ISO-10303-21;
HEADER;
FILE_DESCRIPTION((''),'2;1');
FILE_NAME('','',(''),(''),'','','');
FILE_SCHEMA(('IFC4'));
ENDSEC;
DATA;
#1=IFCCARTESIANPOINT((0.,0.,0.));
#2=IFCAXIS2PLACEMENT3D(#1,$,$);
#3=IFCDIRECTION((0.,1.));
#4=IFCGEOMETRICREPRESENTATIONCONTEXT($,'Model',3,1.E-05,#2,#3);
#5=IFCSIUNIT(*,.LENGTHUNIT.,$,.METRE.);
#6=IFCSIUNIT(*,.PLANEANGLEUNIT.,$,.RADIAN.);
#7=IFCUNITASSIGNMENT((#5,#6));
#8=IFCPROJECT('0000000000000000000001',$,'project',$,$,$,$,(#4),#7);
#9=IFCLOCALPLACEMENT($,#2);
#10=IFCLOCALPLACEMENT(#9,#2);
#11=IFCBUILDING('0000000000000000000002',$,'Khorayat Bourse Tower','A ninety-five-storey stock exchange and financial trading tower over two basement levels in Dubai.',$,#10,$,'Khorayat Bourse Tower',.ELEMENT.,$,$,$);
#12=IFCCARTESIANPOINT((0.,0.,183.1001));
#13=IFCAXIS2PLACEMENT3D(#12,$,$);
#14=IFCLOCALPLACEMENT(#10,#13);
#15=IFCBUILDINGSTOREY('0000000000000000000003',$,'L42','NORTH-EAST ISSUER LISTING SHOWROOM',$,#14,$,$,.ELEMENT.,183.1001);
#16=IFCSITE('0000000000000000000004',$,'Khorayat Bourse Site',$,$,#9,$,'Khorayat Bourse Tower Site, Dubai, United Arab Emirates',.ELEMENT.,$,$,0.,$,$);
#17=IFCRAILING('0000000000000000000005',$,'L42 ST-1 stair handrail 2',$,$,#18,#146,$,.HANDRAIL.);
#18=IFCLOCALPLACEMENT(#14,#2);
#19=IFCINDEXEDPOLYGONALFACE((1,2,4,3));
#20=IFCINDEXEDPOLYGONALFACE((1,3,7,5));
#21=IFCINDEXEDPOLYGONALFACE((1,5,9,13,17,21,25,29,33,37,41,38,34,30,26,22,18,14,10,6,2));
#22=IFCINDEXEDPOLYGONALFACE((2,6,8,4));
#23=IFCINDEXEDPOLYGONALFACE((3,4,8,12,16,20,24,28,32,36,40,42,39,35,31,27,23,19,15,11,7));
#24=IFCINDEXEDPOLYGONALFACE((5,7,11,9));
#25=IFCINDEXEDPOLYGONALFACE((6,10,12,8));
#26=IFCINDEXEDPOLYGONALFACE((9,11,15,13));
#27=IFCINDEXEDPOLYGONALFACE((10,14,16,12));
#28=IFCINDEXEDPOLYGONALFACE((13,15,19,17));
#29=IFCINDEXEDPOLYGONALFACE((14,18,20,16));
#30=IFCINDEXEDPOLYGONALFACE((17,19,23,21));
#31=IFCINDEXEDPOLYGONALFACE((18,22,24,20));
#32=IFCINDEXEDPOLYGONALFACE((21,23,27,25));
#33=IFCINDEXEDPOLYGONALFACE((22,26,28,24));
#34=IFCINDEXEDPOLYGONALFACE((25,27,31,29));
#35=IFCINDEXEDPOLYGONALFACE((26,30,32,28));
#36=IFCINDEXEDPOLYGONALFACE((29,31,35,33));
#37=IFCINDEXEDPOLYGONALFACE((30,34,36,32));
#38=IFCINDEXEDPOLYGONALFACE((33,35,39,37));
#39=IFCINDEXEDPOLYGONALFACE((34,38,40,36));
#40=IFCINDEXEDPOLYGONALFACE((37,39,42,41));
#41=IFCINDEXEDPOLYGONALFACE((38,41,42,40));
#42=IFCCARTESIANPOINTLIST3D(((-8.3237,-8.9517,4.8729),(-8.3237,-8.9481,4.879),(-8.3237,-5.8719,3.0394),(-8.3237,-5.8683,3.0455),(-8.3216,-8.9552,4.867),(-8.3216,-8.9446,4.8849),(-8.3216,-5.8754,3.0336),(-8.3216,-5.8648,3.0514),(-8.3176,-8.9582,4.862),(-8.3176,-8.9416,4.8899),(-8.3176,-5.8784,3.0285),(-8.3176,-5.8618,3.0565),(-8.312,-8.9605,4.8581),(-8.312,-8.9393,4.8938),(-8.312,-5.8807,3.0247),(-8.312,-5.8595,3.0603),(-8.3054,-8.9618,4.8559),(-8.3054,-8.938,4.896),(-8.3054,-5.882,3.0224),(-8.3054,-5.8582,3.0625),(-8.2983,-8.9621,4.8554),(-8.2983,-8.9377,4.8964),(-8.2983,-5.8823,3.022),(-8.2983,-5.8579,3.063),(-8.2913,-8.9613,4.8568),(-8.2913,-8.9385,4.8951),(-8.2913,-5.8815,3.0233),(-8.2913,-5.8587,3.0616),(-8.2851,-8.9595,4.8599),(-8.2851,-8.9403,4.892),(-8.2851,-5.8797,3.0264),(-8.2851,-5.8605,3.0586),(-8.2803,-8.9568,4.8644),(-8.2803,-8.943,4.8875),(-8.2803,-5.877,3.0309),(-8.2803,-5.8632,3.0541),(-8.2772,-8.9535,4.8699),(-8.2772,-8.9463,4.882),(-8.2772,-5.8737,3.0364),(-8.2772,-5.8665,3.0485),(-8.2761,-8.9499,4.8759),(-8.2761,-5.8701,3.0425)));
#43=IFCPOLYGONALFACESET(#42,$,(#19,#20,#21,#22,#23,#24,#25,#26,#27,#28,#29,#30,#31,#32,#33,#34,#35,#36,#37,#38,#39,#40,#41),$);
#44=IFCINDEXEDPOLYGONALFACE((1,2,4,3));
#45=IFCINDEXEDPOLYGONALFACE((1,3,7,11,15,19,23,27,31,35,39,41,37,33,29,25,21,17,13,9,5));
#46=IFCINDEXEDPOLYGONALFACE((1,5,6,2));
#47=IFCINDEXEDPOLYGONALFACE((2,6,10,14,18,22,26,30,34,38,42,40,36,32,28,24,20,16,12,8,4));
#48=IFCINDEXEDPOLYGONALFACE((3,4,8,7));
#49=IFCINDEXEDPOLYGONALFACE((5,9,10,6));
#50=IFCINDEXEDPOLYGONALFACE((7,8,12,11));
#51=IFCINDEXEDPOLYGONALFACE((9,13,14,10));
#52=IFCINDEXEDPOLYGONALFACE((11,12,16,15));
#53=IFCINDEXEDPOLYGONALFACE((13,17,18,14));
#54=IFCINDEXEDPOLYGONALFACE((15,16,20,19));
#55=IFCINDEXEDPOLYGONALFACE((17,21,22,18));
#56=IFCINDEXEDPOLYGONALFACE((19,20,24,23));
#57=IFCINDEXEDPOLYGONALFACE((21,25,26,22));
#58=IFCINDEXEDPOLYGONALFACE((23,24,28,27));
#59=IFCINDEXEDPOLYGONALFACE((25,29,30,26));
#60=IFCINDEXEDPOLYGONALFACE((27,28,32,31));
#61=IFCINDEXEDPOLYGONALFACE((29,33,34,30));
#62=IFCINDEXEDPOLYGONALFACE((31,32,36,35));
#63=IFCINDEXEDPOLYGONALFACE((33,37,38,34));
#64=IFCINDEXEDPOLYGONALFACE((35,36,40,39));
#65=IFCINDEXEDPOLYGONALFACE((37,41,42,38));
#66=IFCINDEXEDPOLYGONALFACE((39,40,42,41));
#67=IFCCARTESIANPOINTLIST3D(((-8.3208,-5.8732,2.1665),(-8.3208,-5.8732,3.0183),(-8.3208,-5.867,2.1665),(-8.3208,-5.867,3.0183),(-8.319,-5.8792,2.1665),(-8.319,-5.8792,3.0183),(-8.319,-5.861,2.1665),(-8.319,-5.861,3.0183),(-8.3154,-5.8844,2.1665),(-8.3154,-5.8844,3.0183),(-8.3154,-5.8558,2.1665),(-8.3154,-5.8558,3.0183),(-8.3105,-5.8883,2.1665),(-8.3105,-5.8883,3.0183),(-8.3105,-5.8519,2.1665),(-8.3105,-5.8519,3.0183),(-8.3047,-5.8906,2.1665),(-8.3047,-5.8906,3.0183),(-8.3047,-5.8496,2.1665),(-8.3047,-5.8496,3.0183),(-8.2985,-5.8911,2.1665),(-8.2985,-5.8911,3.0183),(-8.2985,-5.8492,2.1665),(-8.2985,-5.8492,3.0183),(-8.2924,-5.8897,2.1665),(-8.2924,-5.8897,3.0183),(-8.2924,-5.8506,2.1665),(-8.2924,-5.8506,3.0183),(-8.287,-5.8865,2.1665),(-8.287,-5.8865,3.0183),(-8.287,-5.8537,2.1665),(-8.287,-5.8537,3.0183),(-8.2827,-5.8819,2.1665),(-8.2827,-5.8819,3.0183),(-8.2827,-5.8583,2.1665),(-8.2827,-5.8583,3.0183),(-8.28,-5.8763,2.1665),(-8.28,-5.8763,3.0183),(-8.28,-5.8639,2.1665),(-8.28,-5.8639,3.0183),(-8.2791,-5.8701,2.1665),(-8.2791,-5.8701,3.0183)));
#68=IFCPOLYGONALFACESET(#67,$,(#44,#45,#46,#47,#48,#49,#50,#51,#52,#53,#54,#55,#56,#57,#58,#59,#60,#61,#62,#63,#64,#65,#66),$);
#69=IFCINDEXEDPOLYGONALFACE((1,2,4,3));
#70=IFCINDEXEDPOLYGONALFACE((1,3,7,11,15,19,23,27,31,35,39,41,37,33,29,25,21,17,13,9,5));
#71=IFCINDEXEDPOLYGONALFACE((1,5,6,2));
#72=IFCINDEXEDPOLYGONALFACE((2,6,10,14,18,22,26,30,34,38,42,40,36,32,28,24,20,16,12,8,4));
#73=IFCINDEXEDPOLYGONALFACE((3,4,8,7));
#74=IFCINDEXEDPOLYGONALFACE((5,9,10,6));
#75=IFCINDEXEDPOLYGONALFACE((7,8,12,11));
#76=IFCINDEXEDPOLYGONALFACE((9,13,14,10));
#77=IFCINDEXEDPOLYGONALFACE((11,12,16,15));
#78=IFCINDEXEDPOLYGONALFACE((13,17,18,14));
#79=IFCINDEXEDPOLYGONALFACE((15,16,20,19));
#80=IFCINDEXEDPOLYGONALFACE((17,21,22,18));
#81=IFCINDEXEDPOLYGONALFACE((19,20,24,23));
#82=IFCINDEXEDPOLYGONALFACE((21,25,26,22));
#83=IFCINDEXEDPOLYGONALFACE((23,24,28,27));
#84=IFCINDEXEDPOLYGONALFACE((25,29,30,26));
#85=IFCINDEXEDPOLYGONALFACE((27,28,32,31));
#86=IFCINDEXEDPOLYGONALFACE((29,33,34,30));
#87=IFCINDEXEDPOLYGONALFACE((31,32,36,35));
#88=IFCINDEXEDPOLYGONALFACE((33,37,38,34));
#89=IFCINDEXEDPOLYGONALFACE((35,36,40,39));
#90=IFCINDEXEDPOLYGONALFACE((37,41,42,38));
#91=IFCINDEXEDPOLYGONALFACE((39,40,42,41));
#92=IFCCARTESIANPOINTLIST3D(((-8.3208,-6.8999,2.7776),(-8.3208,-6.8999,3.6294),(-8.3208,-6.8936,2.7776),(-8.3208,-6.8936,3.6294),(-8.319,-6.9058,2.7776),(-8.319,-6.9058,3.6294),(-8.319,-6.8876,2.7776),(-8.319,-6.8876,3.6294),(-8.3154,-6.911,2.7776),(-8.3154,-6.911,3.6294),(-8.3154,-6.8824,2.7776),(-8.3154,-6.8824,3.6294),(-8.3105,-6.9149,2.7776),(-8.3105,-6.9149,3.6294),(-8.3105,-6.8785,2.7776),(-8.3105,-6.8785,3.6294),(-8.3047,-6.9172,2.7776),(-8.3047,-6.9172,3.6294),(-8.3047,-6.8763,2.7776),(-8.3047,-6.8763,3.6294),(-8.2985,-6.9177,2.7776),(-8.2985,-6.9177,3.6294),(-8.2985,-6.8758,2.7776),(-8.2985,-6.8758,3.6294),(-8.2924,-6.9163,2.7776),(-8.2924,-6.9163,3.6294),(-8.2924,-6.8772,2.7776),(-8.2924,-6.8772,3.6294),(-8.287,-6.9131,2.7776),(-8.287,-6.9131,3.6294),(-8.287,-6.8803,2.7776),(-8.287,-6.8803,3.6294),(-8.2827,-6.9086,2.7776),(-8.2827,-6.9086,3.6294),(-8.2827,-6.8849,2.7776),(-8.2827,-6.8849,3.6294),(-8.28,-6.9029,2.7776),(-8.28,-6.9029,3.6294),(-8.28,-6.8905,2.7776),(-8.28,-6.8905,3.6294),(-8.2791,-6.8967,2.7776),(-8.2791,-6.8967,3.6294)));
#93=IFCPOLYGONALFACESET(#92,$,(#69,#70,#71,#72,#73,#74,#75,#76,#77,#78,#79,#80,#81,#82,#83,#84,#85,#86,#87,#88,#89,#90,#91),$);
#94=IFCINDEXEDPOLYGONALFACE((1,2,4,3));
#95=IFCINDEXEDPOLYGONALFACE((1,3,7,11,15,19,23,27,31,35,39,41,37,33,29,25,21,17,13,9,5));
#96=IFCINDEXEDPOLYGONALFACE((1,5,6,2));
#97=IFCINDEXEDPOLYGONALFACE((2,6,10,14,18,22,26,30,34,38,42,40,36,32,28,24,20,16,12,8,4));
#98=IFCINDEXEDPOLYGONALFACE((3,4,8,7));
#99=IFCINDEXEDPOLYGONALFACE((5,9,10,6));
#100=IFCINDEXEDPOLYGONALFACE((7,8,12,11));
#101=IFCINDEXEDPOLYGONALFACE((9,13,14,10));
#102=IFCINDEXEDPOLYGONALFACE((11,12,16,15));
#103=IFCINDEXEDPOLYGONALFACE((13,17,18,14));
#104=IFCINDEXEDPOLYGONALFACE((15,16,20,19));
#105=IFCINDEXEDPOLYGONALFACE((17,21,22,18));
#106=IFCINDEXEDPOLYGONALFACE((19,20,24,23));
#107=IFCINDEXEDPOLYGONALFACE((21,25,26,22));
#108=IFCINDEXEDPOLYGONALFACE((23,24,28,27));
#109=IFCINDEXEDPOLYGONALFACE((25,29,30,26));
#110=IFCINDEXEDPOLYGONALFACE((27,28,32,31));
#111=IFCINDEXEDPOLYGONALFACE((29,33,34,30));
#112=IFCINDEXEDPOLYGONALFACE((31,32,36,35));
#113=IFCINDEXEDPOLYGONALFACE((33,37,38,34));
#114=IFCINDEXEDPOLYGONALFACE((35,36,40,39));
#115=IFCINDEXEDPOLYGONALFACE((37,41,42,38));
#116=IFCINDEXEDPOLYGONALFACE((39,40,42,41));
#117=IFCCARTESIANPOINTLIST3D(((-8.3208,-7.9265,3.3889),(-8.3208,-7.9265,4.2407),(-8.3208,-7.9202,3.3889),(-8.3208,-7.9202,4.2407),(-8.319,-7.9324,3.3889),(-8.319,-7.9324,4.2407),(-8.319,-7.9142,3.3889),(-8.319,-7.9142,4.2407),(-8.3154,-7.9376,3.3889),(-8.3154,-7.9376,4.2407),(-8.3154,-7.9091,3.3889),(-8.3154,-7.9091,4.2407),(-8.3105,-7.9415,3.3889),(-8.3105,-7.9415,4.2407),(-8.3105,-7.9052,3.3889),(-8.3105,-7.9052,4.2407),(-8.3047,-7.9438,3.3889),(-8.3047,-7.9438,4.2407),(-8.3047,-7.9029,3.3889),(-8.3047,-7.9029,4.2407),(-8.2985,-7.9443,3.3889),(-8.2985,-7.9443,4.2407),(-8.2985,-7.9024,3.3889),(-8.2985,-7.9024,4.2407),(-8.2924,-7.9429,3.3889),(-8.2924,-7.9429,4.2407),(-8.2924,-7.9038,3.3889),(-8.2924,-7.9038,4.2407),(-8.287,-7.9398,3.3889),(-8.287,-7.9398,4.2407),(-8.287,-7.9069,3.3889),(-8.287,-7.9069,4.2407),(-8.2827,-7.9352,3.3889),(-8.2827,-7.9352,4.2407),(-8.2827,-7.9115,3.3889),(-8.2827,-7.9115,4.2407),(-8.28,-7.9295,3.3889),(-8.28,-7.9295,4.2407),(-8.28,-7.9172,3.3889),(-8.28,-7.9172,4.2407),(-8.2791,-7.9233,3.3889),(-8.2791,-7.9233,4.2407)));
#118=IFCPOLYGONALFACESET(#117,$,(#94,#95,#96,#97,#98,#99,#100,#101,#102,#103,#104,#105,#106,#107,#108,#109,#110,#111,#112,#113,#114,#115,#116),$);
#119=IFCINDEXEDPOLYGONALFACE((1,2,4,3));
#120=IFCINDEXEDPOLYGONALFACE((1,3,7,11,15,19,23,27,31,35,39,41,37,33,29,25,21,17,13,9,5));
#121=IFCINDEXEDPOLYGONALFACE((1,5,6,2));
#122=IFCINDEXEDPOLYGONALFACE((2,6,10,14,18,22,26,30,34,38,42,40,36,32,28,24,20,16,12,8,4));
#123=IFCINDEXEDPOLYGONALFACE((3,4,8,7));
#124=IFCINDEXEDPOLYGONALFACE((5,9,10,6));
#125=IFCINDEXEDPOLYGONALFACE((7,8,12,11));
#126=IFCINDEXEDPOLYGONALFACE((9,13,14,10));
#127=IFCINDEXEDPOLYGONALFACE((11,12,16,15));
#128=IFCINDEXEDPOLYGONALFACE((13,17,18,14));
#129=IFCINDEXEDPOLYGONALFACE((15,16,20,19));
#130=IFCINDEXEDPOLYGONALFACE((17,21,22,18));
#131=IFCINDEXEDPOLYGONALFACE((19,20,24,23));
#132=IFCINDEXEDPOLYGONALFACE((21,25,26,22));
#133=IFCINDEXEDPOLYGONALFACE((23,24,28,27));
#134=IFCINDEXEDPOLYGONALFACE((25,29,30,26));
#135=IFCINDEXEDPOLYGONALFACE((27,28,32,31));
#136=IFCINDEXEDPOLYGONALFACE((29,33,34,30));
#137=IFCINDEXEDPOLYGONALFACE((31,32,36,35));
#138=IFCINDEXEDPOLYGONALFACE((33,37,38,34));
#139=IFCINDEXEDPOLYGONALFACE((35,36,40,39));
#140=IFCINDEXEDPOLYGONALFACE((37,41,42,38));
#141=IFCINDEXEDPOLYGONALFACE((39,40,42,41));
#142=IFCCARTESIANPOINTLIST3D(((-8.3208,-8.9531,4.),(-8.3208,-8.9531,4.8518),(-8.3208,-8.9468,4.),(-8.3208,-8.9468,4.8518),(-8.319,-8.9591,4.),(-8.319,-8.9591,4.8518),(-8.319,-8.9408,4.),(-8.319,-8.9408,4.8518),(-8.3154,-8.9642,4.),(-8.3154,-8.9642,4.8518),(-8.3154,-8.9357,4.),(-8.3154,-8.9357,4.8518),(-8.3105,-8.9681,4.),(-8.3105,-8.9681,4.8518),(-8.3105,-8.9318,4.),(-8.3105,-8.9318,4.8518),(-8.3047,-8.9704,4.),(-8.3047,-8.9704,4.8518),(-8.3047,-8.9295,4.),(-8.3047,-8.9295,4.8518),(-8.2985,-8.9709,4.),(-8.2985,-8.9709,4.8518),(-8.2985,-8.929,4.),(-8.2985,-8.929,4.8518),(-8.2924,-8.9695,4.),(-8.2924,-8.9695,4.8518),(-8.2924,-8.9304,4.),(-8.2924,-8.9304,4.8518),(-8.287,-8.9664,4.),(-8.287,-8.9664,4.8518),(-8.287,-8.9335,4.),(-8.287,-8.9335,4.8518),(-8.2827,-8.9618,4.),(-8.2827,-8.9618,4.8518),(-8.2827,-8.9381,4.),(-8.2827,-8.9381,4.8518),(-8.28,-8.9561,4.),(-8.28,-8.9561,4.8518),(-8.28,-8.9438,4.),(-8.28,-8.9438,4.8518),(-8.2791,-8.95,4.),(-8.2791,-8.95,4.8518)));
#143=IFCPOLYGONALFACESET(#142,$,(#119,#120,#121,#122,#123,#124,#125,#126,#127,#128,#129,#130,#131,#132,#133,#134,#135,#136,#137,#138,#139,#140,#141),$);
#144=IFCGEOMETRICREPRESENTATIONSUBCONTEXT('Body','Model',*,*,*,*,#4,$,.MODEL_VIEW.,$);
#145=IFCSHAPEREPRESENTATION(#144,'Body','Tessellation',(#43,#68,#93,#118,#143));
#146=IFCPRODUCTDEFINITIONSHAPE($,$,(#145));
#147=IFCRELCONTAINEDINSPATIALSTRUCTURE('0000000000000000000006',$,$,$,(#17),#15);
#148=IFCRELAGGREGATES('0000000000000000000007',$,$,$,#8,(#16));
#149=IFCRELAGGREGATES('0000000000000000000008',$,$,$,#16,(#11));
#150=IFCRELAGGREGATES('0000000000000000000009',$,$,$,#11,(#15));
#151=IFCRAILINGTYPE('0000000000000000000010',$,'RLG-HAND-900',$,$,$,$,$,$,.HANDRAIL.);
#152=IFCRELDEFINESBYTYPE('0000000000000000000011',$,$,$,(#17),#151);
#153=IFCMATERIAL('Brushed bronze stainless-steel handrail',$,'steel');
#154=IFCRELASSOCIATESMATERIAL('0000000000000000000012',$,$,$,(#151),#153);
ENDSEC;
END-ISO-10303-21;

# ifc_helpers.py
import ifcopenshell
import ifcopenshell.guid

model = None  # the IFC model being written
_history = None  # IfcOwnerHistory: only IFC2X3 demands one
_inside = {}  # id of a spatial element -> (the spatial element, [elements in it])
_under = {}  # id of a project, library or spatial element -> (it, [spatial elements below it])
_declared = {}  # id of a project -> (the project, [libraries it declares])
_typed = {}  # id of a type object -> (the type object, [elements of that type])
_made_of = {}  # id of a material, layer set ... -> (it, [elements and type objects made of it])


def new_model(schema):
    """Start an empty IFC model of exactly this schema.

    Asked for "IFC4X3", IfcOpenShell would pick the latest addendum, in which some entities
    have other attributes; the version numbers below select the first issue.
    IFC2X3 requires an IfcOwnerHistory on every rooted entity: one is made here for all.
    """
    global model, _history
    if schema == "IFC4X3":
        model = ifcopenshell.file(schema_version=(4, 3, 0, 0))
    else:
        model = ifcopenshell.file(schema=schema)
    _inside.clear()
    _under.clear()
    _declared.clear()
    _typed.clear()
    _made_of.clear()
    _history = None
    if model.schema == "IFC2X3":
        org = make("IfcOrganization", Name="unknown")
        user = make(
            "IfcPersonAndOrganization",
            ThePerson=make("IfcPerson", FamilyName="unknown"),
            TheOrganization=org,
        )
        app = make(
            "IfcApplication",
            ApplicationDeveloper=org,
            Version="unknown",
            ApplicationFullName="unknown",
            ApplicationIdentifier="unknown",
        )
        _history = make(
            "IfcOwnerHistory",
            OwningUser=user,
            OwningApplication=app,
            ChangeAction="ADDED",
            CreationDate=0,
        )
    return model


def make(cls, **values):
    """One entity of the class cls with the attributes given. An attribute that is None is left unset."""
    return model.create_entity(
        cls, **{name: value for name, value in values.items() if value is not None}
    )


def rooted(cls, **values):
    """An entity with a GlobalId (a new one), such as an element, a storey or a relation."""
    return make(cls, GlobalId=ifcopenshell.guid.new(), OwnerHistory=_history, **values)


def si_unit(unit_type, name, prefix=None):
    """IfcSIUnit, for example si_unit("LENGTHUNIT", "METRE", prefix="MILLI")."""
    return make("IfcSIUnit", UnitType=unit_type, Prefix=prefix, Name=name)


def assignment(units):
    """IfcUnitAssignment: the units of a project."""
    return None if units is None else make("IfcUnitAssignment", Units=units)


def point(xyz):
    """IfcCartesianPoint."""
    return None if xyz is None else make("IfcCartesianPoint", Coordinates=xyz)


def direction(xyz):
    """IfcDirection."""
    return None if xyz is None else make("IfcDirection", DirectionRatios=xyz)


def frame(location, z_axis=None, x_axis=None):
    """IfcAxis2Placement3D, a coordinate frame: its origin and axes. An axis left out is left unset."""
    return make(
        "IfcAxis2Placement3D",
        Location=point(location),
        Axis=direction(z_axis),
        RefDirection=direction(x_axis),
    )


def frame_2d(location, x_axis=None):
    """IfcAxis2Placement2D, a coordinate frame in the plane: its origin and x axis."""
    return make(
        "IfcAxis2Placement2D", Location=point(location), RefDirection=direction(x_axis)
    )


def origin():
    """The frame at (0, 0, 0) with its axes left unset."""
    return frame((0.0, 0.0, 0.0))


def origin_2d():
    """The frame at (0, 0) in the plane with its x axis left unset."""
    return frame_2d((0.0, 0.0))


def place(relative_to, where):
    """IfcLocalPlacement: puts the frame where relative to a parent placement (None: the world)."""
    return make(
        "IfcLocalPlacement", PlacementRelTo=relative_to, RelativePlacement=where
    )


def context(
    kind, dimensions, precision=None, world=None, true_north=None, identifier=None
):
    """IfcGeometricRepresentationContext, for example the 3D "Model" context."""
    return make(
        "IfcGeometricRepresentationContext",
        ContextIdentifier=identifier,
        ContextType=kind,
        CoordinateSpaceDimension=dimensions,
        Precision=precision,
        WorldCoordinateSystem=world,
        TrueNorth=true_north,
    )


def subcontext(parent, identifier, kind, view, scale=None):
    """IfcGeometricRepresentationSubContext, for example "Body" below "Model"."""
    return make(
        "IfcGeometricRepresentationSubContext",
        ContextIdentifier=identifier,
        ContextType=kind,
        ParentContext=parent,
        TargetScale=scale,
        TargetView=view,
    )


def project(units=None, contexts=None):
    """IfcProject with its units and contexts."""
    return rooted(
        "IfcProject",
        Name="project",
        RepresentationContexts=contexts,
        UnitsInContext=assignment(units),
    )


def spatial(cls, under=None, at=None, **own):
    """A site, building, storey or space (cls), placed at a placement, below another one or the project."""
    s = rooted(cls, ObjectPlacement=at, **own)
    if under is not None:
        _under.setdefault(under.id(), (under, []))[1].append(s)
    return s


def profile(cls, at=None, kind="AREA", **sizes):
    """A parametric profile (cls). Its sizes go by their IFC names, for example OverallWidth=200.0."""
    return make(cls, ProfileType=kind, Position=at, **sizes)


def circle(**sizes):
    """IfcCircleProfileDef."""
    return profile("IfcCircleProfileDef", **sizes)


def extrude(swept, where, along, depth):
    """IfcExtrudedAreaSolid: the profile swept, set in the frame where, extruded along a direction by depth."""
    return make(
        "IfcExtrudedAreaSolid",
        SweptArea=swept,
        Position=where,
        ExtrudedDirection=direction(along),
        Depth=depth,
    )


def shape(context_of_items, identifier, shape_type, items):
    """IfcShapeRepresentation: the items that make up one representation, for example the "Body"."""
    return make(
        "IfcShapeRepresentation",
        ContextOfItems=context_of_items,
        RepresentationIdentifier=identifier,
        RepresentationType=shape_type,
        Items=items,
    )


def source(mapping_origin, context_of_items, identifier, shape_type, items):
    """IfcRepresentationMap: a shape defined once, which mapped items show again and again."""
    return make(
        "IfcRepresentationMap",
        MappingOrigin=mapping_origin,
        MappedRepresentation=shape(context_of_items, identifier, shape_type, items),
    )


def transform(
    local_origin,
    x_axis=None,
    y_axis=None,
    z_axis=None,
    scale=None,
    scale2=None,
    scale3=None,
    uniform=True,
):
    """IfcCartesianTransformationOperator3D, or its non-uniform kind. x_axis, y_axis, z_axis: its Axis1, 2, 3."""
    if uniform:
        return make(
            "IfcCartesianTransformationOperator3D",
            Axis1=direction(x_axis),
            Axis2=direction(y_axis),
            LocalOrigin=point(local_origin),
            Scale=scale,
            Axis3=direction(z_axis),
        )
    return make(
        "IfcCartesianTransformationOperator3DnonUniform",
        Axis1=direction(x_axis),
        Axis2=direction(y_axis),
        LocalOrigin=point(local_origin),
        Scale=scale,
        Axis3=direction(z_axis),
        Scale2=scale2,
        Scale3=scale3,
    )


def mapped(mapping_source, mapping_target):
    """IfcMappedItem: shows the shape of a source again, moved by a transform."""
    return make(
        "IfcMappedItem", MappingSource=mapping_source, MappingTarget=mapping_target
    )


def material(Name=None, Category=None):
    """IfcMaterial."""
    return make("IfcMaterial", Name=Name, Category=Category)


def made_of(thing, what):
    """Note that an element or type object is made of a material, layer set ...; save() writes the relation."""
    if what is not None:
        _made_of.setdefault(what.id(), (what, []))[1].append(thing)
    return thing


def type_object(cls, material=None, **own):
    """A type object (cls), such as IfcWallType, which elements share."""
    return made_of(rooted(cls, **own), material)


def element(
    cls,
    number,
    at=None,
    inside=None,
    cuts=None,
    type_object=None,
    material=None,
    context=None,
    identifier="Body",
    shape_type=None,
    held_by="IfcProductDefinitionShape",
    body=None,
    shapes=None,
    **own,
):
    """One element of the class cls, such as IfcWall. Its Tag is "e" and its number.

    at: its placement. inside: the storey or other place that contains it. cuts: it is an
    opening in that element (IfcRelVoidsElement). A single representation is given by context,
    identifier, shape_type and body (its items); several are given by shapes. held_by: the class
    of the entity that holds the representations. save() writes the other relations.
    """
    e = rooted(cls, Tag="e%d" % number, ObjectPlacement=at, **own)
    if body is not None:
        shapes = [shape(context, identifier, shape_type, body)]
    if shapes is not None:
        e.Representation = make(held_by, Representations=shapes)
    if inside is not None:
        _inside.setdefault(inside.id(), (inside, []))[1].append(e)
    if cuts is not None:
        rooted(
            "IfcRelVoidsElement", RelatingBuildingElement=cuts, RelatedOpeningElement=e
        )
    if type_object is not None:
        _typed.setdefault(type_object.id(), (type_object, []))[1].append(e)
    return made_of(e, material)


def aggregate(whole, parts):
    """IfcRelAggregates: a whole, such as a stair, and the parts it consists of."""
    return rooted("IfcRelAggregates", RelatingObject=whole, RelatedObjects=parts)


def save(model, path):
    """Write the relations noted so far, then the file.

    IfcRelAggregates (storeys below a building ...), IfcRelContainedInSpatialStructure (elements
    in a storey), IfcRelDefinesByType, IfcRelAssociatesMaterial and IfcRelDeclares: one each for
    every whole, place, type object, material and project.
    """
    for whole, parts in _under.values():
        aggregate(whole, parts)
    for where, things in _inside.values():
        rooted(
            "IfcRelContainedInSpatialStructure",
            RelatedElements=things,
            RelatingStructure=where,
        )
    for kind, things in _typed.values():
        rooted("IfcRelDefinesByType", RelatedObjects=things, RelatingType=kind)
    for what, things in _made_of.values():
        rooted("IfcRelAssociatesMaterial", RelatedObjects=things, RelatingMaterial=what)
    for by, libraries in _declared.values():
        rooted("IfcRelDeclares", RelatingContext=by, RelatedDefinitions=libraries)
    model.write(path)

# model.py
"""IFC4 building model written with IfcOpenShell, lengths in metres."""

from ifc_helpers import new_model, si_unit, direction, frame, origin, origin_2d, place, context, subcontext, project, spatial, circle, extrude, source, transform, mapped, material, type_object, element, save


model = new_model("IFC4")

# Units and contexts
model_context = context("Model", 3, precision=1e-05, world=origin(), true_north=direction((0.0, 1.0)))
body_context = subcontext(model_context, "Body", "Model", "MODEL_VIEW")
ifc_project = project(units=[si_unit("LENGTHUNIT", "METRE"), si_unit("PLANEANGLEUNIT", "RADIAN")], contexts=[model_context])

# Site, building, storey
site_placement = place(None, origin())
site = spatial("IfcSite", under=ifc_project, at=site_placement, Name="Khorayat Bourse Site", LongName="Khorayat Bourse Tower Site, Dubai, United Arab Emirates", CompositionType="ELEMENT", RefElevation=0.0)
building_placement = place(site_placement, origin())
building = spatial("IfcBuilding", under=site, at=building_placement, Name="Khorayat Bourse Tower", Description="A ninety-five-storey stock exchange and financial trading tower over two basement levels in Dubai.", LongName="Khorayat Bourse Tower", CompositionType="ELEMENT")
storey_placement = place(building_placement, frame((0.0, 0.0, 183.1001)))
storey = spatial("IfcBuildingStorey", under=building, at=storey_placement, Name="L42", Description="NORTH-EAST ISSUER LISTING SHOWROOM", CompositionType="ELEMENT", Elevation=183.1001)

# Railing
ifc_material_1 = material(Name="Brushed bronze stainless-steel handrail", Category="steel")
railing_type_1 = type_object("IfcRailingType", Name="RLG-HAND-900", PredefinedType="HANDRAIL", material=ifc_material_1)
shared_shape_1 = source(origin(), body_context, "Body", "SweptSolid", [
    extrude(circle(Radius=0.0239, at=origin_2d()), frame((0.0, 0.0, 0.876), z_axis=(0.0, -0.859261, 0.511538), x_axis=(1.0, 0.0, 0.0)), (0.0, 0.0, 1.0), 3.5842),
    extrude(circle(Radius=0.021, at=origin_2d()), origin(), (0.0, 0.0, 1.0), 0.8518),
    extrude(circle(Radius=0.021, at=origin_2d()), frame((0.0, -1.0266, 0.6111)), (0.0, 0.0, 1.0), 0.8518),
    extrude(circle(Radius=0.021, at=origin_2d()), frame((0.0, -2.0532, 1.2224)), (0.0, 0.0, 1.0), 0.8518),
    extrude(circle(Radius=0.021, at=origin_2d()), frame((0.0, -3.0798, 1.8335)), (0.0, 0.0, 1.0), 0.8518),
])
railing_1_placement = place(storey_placement, frame((-8.3, -5.8701, 2.1665)))
element("IfcRailing", 1, at=railing_1_placement, inside=storey, type_object=railing_type_1, Name="L42 ST-1 stair handrail 2", PredefinedType="HANDRAIL", context=body_context, shape_type="MappedRepresentation", body=[
    mapped(shared_shape_1, transform((0.0, 0.0, 0.0), scale=1.0)),
])

save(model, "model.ifc")
